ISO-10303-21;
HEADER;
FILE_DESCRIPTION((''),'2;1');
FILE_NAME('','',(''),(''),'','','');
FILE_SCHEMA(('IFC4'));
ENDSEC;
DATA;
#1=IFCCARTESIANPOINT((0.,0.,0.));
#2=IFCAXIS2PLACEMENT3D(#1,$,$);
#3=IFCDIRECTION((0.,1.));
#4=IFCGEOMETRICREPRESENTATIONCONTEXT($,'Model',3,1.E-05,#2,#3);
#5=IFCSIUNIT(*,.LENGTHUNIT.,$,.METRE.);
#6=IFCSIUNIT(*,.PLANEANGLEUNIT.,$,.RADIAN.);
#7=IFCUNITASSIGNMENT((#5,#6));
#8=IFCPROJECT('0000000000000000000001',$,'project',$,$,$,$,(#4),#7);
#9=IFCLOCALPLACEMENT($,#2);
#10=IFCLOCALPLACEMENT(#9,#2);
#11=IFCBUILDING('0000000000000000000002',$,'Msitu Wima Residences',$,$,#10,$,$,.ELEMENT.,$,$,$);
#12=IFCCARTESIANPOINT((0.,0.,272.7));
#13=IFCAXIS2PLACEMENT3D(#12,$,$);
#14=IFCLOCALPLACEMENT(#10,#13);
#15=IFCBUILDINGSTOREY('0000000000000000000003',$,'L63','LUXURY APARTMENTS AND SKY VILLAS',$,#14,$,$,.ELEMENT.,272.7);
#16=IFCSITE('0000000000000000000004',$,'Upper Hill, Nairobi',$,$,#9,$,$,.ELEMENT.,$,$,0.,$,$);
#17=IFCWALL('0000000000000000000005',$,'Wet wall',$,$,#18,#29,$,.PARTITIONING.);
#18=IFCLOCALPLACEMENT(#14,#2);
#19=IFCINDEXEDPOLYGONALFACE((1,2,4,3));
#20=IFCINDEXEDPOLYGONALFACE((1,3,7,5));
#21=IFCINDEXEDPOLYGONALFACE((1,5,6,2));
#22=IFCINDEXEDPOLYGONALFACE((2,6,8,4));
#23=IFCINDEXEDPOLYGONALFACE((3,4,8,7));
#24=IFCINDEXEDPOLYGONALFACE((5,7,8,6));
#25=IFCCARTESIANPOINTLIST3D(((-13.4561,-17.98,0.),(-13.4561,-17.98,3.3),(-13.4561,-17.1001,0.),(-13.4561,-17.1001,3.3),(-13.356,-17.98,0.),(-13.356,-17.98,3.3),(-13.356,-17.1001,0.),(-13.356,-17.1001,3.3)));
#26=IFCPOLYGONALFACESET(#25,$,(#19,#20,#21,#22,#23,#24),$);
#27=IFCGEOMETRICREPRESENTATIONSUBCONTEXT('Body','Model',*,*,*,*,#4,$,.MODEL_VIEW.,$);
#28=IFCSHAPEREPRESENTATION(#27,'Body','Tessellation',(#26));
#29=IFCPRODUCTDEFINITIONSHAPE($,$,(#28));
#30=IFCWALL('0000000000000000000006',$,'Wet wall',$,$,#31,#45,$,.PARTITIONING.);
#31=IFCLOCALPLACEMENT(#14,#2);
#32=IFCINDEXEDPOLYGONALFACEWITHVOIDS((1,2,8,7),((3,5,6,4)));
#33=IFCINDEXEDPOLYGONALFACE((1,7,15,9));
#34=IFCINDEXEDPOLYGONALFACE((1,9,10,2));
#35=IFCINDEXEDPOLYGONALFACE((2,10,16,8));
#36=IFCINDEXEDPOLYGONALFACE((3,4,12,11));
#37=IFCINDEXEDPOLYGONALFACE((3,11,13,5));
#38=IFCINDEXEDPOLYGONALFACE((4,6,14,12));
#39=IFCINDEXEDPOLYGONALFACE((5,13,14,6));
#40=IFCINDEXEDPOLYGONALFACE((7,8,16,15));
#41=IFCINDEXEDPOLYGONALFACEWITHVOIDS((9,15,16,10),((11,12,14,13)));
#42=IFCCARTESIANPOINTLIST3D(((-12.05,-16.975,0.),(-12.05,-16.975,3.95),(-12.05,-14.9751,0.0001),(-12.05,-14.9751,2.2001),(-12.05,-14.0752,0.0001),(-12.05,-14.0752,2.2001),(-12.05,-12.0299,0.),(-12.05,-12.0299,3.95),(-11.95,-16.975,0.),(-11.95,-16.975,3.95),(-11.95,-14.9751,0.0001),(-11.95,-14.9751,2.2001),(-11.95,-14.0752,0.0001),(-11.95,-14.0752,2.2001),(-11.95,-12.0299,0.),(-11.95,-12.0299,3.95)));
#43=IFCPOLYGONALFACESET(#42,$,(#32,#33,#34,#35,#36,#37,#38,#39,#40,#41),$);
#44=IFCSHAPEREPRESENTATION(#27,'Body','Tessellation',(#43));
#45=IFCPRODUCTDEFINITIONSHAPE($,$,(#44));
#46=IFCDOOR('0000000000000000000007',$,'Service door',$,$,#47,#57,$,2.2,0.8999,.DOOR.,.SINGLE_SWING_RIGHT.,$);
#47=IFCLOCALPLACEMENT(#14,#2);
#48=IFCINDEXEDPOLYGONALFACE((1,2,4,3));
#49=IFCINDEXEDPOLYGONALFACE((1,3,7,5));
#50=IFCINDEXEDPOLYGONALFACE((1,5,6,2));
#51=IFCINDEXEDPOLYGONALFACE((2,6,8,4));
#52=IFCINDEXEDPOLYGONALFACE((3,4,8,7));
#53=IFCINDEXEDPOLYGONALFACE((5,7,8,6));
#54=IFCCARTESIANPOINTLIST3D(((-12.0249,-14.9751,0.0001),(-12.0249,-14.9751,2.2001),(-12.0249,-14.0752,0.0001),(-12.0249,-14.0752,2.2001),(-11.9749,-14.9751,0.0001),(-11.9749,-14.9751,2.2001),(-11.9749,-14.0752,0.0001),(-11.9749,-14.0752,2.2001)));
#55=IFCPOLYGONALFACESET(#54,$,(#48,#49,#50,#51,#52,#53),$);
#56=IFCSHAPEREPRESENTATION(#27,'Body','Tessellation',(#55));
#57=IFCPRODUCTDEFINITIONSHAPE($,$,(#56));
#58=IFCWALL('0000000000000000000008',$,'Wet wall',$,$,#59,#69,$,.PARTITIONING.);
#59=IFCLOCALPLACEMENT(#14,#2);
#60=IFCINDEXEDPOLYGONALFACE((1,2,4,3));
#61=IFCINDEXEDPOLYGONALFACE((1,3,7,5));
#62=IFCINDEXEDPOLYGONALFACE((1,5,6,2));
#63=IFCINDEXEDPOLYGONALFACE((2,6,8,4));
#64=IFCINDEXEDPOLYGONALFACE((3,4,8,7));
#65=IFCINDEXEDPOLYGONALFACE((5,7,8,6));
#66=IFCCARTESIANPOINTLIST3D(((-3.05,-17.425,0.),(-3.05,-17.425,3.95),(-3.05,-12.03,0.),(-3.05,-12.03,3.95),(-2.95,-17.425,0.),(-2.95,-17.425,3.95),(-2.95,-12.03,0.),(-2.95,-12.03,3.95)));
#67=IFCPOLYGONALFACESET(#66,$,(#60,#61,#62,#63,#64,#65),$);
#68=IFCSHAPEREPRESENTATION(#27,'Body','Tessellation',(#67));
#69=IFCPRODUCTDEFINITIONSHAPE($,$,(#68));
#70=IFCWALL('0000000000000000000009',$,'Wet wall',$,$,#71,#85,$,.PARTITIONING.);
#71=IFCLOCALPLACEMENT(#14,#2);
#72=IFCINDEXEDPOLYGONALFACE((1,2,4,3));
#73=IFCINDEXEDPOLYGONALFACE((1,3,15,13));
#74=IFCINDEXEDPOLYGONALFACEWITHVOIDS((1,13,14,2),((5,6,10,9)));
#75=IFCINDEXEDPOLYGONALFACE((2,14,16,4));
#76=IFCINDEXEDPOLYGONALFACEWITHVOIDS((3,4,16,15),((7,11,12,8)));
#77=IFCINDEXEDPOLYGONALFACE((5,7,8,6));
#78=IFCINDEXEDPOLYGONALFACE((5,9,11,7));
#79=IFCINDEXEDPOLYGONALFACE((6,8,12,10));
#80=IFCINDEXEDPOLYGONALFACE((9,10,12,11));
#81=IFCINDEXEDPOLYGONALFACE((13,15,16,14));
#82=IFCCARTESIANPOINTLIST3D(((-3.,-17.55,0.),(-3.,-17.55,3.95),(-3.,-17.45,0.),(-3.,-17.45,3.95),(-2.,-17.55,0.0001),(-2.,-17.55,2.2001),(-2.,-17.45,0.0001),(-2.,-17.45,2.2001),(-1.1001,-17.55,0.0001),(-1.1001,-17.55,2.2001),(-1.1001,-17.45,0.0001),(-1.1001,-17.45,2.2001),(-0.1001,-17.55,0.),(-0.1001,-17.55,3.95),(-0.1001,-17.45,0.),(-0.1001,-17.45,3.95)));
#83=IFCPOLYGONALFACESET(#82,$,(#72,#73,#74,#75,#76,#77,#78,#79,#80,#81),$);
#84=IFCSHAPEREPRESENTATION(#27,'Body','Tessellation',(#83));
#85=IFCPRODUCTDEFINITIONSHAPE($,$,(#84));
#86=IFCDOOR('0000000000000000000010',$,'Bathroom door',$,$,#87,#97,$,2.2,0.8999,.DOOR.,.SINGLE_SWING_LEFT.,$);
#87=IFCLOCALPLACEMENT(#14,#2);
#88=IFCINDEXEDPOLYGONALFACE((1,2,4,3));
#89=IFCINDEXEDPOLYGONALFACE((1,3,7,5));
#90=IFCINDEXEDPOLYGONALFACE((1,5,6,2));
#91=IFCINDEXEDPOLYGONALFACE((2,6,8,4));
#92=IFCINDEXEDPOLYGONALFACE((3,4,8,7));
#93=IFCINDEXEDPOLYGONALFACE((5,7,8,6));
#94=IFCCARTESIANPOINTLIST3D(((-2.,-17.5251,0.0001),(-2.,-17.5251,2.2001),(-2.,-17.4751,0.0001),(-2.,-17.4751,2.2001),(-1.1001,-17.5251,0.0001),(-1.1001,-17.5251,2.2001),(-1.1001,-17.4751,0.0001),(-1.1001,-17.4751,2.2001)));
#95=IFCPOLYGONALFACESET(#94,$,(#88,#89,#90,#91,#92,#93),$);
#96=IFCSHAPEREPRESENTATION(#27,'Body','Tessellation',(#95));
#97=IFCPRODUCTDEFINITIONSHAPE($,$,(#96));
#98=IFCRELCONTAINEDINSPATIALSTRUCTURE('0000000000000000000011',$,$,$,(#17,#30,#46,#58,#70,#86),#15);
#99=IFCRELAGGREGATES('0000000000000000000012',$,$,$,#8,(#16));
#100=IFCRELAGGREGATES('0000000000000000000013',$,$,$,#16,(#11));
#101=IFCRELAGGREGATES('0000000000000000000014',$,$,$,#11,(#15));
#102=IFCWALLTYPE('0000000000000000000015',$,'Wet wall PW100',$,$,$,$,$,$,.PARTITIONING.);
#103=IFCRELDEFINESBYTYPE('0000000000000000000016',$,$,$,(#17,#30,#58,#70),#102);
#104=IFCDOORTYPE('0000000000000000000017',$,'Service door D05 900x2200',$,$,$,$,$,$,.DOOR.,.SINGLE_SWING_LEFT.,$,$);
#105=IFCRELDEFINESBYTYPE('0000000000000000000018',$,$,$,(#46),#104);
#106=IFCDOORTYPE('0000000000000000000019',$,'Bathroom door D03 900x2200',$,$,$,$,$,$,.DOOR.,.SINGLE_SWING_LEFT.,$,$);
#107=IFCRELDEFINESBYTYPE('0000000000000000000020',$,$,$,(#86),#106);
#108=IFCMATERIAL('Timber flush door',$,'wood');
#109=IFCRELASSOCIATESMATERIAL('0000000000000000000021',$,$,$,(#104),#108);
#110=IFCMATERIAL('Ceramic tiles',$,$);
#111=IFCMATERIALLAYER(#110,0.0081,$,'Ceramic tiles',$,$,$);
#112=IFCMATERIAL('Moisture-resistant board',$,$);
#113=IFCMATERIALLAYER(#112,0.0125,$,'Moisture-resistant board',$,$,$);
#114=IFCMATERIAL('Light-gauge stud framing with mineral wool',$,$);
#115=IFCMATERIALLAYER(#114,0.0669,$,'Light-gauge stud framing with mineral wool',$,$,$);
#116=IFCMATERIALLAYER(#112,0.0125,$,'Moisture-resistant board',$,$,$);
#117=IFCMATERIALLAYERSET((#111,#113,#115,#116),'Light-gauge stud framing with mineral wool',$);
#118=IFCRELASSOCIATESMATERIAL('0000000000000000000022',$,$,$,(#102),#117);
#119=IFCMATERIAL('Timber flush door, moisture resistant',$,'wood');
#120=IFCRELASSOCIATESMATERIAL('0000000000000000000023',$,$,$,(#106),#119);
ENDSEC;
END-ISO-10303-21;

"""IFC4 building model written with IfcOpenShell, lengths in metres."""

from ifc_helpers import new_model, si_unit, direction, frame, frame_2d, origin, place, context, subcontext, project, spatial, rectangle, extrude, material, layer, layer_set, type_object, element, fill, save


model = new_model("IFC4")

# Units and contexts
model_context = context("Model", 3, precision=1e-05, world=origin(), true_north=direction((0.0, 1.0)))
body_context = subcontext(model_context, "Body", "Model", "MODEL_VIEW")
ifc_project = project(units=[si_unit("LENGTHUNIT", "METRE"), si_unit("PLANEANGLEUNIT", "RADIAN")], contexts=[model_context])

# Site, building, storey
site_placement = place(None, origin())
site = spatial("IfcSite", under=ifc_project, at=site_placement, Name="Upper Hill, Nairobi", CompositionType="ELEMENT", RefElevation=0.0)
building_placement = place(site_placement, origin())
building = spatial("IfcBuilding", under=site, at=building_placement, Name="Msitu Wima Residences", CompositionType="ELEMENT")
storey_placement = place(building_placement, frame((0.0, 0.0, 272.7)))
storey = spatial("IfcBuildingStorey", under=building, at=storey_placement, Name="L63", Description="LUXURY APARTMENTS AND SKY VILLAS", CompositionType="ELEMENT", Elevation=272.7)

# Shared definitions
ifc_material_1 = material(Name="Timber flush door", Category="wood")

# Shared definitions
door_type_1 = type_object("IfcDoorType", Name="Service door D05 900x2200", OperationType="SINGLE_SWING_LEFT", PredefinedType="DOOR", material=ifc_material_1)

# Wall
ifc_material_2 = material(Name="Ceramic tiles")
ifc_layer_1 = layer(ifc_material_2, 0.0081, Name="Ceramic tiles")
ifc_material_3 = material(Name="Moisture-resistant board")
ifc_layer_2 = layer(ifc_material_3, 0.0125, Name="Moisture-resistant board")
ifc_material_4 = material(Name="Light-gauge stud framing with mineral wool")
ifc_layer_3 = layer(ifc_material_4, 0.0669, Name="Light-gauge stud framing with mineral wool")
ifc_layer_4 = layer(ifc_material_3, 0.0125, Name="Moisture-resistant board")
ifc_layer_set_1 = layer_set([ifc_layer_1, ifc_layer_2, ifc_layer_3, ifc_layer_4], Name="Light-gauge stud framing with mineral wool")
wall_type_1 = type_object("IfcWallType", Name="Wet wall PW100", PredefinedType="PARTITIONING", material=ifc_layer_set_1)
wall_1_placement = place(storey_placement, frame((-13.406, -17.98, 0.0), z_axis=(0.0, 0.0, 1.0), x_axis=(0.0, 1.0, 0.0)))
element("IfcWall", 1, at=wall_1_placement, inside=storey, type_object=wall_type_1, Name="Wet wall", PredefinedType="PARTITIONING", context=body_context, shape_type="SweptSolid", body=[
    extrude(rectangle(XDim=0.8799, YDim=0.1001, at=frame_2d((0.4399, 0.0))), origin(), (0.0, 0.0, 1.0), 3.3),
])

# Wall, opening, door
wall_2_placement = place(storey_placement, frame((-12.0, -16.9751, 0.0), z_axis=(0.0, 0.0, 1.0), x_axis=(0.0, 1.0, 0.0)))
wall_2 = element("IfcWall", 2, at=wall_2_placement, inside=storey, type_object=wall_type_1, Name="Wet wall", PredefinedType="PARTITIONING", context=body_context, shape_type="SweptSolid", body=[
    extrude(rectangle(XDim=4.9451, YDim=0.1001, at=frame_2d((2.4727, 0.0))), origin(), (0.0, 0.0, 1.0), 3.95),
])
opening_1_placement = place(wall_2_placement, frame((2.0, 0.0, 0.0)))
opening_1 = element("IfcOpeningElement", 3, at=opening_1_placement, cuts=wall_2, PredefinedType="OPENING", context=body_context, shape_type="SweptSolid", body=[
    extrude(rectangle(XDim=0.8999, YDim=2.2, at=frame_2d((0.45, 1.1001))), frame((0.0, 0.0601, 0.0), z_axis=(0.0, -1.0, 0.0), x_axis=(1.0, 0.0, 0.0)), (0.0, 0.0, 1.0), 0.1201),
])
door_1_placement = place(opening_1_placement, origin())
door_1 = element("IfcDoor", 4, at=door_1_placement, inside=storey, type_object=door_type_1, Name="Service door", OperationType="SINGLE_SWING_RIGHT", OverallHeight=2.2, OverallWidth=0.8999, PredefinedType="DOOR", context=body_context, shape_type="SweptSolid", body=[
    extrude(rectangle(XDim=0.8999, YDim=2.2, at=frame_2d((0.45, 1.1001))), frame((0.0, 0.0249, 0.0), z_axis=(0.0, -1.0, 0.0), x_axis=(1.0, 0.0, 0.0)), (0.0, 0.0, 1.0), 0.05),
])
fill(opening_1, door_1)

# Wall
wall_3_placement = place(storey_placement, frame((-3.0, -17.425, 0.0), z_axis=(0.0, 0.0, 1.0), x_axis=(0.0, 1.0, 0.0)))
element("IfcWall", 5, at=wall_3_placement, inside=storey, type_object=wall_type_1, Name="Wet wall", PredefinedType="PARTITIONING", context=body_context, shape_type="SweptSolid", body=[
    extrude(rectangle(XDim=5.395, YDim=0.1001, at=frame_2d((2.6975, 0.0))), origin(), (0.0, 0.0, 1.0), 3.95),
])

# Wall, opening, door
wall_4_placement = place(storey_placement, frame((-3.0, -17.5, 0.0), z_axis=(0.0, 0.0, 1.0), x_axis=(1.0, 0.0, 0.0)))
wall_4 = element("IfcWall", 6, at=wall_4_placement, inside=storey, type_object=wall_type_1, Name="Wet wall", PredefinedType="PARTITIONING", context=body_context, shape_type="SweptSolid", body=[
    extrude(rectangle(XDim=2.8999, YDim=0.1001, at=frame_2d((1.45, 0.0))), origin(), (0.0, 0.0, 1.0), 3.95),
])
opening_2_placement = place(wall_4_placement, frame((1.0, 0.0, 0.0)))
opening_2 = element("IfcOpeningElement", 7, at=opening_2_placement, cuts=wall_4, PredefinedType="OPENING", context=body_context, shape_type="SweptSolid", body=[
    extrude(rectangle(XDim=0.8999, YDim=2.2, at=frame_2d((0.45, 1.1001))), frame((0.0, 0.0601, 0.0), z_axis=(0.0, -1.0, 0.0), x_axis=(1.0, 0.0, 0.0)), (0.0, 0.0, 1.0), 0.1201),
])
ifc_material_5 = material(Name="Timber flush door, moisture resistant", Category="wood")
door_type_2 = type_object("IfcDoorType", Name="Bathroom door D03 900x2200", OperationType="SINGLE_SWING_LEFT", PredefinedType="DOOR", material=ifc_material_5)
door_2_placement = place(opening_2_placement, origin())
door_2 = element("IfcDoor", 8, at=door_2_placement, inside=storey, type_object=door_type_2, Name="Bathroom door", OperationType="SINGLE_SWING_LEFT", OverallHeight=2.2, OverallWidth=0.8999, PredefinedType="DOOR", context=body_context, shape_type="SweptSolid", body=[
    extrude(rectangle(XDim=0.8999, YDim=2.2, at=frame_2d((0.45, 1.1001))), frame((0.0, 0.0249, 0.0), z_axis=(0.0, -1.0, 0.0), x_axis=(1.0, 0.0, 0.0)), (0.0, 0.0, 1.0), 0.05),
])
fill(opening_2, door_2)

save(model, "model.ifc")
